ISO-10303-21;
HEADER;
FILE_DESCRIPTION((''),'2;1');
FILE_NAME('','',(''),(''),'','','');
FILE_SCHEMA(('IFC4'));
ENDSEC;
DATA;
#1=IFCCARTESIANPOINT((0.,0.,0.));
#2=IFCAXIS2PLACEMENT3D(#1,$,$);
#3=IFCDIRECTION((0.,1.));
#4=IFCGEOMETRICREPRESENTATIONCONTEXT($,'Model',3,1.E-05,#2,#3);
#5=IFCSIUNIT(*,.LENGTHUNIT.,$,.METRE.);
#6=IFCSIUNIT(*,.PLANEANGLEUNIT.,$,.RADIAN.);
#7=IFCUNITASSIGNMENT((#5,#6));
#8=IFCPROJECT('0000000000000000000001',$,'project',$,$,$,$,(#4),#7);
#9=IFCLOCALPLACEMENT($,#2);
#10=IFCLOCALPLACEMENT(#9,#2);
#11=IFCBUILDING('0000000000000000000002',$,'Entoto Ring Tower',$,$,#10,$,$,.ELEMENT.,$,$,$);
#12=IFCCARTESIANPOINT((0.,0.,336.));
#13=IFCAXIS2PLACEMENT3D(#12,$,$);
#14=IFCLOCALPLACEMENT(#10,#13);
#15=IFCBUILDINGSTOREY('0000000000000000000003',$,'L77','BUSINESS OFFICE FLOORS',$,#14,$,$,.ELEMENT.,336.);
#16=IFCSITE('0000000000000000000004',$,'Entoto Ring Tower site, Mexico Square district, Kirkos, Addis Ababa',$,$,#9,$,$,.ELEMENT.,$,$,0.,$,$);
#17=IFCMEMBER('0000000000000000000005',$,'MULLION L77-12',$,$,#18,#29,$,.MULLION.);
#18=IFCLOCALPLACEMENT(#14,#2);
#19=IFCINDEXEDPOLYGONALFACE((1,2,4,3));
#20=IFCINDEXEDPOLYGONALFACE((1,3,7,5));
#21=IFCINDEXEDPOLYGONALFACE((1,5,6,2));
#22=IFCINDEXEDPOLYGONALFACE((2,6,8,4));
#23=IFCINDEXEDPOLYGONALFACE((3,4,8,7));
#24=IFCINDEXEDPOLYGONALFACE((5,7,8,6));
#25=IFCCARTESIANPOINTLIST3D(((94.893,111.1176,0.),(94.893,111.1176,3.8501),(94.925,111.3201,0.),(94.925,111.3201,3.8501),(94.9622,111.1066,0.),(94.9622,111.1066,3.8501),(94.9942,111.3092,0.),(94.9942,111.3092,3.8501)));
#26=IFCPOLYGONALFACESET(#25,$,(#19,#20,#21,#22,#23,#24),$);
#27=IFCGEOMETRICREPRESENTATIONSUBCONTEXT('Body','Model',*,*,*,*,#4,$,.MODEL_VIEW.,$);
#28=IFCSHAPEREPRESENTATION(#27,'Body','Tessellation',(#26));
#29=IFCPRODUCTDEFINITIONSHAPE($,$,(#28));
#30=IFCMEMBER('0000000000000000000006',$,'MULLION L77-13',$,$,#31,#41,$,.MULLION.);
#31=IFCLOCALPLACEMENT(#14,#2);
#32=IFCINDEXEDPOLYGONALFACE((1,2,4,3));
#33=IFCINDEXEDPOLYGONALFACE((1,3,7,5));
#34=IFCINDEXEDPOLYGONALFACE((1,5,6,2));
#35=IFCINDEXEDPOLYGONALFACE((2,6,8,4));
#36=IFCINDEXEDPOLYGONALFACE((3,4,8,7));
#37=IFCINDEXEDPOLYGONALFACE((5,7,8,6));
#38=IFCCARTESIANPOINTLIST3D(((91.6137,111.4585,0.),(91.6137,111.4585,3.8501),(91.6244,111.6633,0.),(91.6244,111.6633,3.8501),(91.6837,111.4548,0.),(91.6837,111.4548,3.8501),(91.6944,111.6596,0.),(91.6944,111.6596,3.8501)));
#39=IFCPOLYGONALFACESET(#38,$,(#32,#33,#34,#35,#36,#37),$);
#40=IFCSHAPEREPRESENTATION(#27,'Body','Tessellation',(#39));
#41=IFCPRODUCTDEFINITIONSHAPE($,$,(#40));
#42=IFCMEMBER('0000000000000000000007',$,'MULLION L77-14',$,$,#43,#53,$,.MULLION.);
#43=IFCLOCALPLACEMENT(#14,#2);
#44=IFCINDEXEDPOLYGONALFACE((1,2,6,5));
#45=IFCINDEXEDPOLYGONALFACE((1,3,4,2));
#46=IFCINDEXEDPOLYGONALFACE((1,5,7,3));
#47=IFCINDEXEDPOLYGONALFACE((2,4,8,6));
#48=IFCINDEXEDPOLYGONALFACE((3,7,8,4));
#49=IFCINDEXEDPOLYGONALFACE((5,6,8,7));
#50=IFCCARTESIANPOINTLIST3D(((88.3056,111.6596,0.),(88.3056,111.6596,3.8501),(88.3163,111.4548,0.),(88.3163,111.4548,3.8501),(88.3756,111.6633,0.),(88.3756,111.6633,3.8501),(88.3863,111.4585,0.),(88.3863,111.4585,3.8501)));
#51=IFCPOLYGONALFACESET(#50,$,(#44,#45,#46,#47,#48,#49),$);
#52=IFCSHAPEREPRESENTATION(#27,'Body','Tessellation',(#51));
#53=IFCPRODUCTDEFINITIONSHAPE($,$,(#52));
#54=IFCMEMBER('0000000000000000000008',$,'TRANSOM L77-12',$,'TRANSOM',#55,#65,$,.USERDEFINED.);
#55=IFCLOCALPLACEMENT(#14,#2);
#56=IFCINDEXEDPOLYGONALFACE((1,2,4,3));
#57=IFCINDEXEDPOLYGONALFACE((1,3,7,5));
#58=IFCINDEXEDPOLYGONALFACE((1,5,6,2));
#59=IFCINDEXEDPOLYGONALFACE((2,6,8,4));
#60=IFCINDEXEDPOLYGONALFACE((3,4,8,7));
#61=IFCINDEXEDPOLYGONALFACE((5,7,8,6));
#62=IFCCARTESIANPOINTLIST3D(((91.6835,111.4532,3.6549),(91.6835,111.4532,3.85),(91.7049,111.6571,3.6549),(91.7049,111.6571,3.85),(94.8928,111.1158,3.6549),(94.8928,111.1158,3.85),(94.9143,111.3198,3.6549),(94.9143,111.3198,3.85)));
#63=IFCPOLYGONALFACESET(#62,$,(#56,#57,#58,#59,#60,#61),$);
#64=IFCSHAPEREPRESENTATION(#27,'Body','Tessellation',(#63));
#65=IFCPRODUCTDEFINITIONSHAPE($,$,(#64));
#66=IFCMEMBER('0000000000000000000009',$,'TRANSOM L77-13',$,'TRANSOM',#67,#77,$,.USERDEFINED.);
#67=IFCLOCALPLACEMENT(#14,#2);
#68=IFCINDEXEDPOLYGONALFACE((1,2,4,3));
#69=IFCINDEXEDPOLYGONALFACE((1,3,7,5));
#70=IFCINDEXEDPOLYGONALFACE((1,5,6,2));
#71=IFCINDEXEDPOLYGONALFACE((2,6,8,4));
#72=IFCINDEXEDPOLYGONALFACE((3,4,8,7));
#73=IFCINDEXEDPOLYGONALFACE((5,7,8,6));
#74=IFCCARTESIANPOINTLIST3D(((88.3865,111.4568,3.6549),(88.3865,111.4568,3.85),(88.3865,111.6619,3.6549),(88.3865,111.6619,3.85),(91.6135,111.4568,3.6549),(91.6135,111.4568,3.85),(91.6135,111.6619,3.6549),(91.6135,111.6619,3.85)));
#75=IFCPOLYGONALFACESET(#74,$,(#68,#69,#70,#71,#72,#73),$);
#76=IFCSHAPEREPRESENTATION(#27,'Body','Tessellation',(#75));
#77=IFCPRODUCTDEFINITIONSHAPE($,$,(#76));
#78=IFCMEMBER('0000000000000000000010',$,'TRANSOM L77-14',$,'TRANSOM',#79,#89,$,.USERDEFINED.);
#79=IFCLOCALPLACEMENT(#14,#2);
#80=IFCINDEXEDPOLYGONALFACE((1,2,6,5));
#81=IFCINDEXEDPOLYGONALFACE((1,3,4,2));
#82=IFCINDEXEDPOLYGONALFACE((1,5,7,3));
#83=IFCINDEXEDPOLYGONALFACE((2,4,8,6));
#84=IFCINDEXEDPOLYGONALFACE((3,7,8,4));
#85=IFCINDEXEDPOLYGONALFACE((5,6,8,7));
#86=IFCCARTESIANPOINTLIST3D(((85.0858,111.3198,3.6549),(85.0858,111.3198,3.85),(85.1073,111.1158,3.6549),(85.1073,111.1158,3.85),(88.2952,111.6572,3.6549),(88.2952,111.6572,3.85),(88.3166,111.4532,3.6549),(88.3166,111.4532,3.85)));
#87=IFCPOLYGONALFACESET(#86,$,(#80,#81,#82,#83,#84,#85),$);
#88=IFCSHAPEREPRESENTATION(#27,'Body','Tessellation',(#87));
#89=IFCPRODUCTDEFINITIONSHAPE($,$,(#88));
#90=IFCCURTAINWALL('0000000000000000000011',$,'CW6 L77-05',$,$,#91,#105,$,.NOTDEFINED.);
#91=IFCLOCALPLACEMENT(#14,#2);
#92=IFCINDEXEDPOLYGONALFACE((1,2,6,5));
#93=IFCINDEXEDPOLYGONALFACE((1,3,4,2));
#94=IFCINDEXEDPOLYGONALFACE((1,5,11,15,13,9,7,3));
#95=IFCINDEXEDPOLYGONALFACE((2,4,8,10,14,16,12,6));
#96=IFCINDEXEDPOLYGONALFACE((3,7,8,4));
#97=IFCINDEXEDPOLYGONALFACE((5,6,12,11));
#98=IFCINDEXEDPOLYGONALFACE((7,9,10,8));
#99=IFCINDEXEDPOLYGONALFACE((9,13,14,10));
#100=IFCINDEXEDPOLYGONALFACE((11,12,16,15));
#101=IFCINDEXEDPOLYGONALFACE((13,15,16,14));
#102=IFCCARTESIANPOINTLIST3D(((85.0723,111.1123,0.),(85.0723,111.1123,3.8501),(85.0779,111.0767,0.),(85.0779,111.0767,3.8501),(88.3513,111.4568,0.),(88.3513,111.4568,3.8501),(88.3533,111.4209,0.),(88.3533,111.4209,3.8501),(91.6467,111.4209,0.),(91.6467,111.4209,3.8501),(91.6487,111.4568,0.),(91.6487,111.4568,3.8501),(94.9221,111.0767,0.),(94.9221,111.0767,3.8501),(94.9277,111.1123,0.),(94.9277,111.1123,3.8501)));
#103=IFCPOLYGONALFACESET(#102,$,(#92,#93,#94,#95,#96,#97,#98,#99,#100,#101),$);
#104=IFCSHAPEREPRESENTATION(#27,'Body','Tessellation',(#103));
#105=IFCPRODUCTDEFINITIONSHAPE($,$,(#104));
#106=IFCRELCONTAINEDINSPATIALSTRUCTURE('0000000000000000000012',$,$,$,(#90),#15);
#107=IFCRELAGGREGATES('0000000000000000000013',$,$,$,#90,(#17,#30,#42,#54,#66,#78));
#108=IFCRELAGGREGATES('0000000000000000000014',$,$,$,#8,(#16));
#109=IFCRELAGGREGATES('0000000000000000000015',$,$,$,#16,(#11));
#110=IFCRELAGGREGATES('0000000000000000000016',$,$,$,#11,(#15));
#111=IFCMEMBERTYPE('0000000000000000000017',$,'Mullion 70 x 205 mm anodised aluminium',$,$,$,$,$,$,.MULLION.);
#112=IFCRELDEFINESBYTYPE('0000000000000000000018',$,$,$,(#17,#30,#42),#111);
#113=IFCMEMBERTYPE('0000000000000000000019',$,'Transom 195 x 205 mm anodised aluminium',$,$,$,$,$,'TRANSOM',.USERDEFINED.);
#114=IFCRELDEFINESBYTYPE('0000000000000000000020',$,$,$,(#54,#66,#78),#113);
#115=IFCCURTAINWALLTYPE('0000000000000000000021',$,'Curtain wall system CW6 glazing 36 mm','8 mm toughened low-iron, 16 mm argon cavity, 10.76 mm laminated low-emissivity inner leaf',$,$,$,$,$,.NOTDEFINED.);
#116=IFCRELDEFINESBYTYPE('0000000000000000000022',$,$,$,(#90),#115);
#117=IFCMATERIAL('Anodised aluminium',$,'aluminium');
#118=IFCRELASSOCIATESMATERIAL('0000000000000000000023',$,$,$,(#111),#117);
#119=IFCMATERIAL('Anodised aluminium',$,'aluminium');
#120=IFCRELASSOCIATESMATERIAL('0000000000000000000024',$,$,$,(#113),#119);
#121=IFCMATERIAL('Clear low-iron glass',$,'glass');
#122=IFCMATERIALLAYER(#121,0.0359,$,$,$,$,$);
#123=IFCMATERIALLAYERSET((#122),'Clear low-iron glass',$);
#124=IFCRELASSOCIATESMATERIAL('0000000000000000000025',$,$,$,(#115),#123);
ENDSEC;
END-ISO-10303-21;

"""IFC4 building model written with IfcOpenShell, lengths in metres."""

from ifc_helpers import new_model, si_unit, direction, frame, origin, origin_2d, place, context, subcontext, project, spatial, polyline, rectangle, outline, extrude, material, layer, layer_set, material_profile, profile_set, type_object, element, aggregate, save


model = new_model("IFC4")

# Units and contexts
model_context = context("Model", 3, precision=1e-05, world=origin(), true_north=direction((0.0, 1.0)))
body_context = subcontext(model_context, "Body", "Model", "MODEL_VIEW")
ifc_project = project(units=[si_unit("LENGTHUNIT", "METRE"), si_unit("PLANEANGLEUNIT", "RADIAN")], contexts=[model_context])

# Members
ifc_material_1 = material(Name="Anodised aluminium", Category="aluminium")
ifc_material_profile_1 = material_profile(ifc_material_1, rectangle(XDim=0.0701, YDim=0.2051, at=origin_2d()), Name="Mullion 70 x 205 mm anodised aluminium")
ifc_profile_set_1 = profile_set([ifc_material_profile_1], Name="Anodised aluminium")
member_type_1 = type_object("IfcMemberType", Name="Mullion 70 x 205 mm anodised aluminium", PredefinedType="MULLION", material=ifc_profile_set_1)
site_placement = place(None, origin())
building_placement = place(site_placement, origin())
storey_placement = place(building_placement, frame((0.0, 0.0, 336.0)))
member_1_placement = place(storey_placement, frame((94.9436, 111.2134, 0.0), z_axis=(0.0, 0.0, 1.0), x_axis=(-0.987688, 0.156434, 0.0)))
member_1 = element("IfcMember", 1, at=member_1_placement, type_object=member_type_1, Name="MULLION L77-12", PredefinedType="MULLION", context=body_context, shape_type="SweptSolid", body=[
    extrude(rectangle(XDim=0.0701, YDim=0.2051, at=origin_2d()), origin(), (0.0, 0.0, 1.0), 3.8501),
])
member_2_placement = place(storey_placement, frame((91.6541, 111.5591, 0.0), z_axis=(0.0, 0.0, 1.0), x_axis=(-0.99863, 0.052336, 0.0)))
member_2 = element("IfcMember", 2, at=member_2_placement, type_object=member_type_1, Name="MULLION L77-13", PredefinedType="MULLION", context=body_context, shape_type="SweptSolid", body=[
    extrude(rectangle(XDim=0.0701, YDim=0.2051, at=origin_2d()), origin(), (0.0, 0.0, 1.0), 3.8501),
])
member_3_placement = place(storey_placement, frame((88.3459, 111.5591, 0.0), z_axis=(0.0, 0.0, 1.0), x_axis=(-0.99863, -0.052336, 0.0)))
member_3 = element("IfcMember", 3, at=member_3_placement, type_object=member_type_1, Name="MULLION L77-14", PredefinedType="MULLION", context=body_context, shape_type="SweptSolid", body=[
    extrude(rectangle(XDim=0.0701, YDim=0.2051, at=origin_2d()), origin(), (0.0, 0.0, 1.0), 3.8501),
])
ifc_material_2 = material(Name="Anodised aluminium", Category="aluminium")
ifc_material_profile_2 = material_profile(ifc_material_2, rectangle(XDim=0.2051, YDim=0.1951, at=origin_2d()), Name="Transom 195 x 205 mm anodised aluminium")
ifc_profile_set_2 = profile_set([ifc_material_profile_2], Name="Anodised aluminium")
member_type_2 = type_object("IfcMemberType", Name="Transom 195 x 205 mm anodised aluminium", ElementType="TRANSOM", PredefinedType="USERDEFINED", material=ifc_profile_set_2)
member_4_placement = place(storey_placement, frame((94.9036, 111.2178, 3.7524), z_axis=(-0.99452, 0.104551, 0.0), x_axis=(-0.104551, -0.99452, 0.0)))
member_4 = element("IfcMember", 4, at=member_4_placement, type_object=member_type_2, Name="TRANSOM L77-12", ObjectType="TRANSOM", PredefinedType="USERDEFINED", context=body_context, shape_type="SweptSolid", body=[
    extrude(rectangle(XDim=0.2051, YDim=0.1951, at=origin_2d()), origin(), (0.0, 0.0, 1.0), 3.2271),
])
member_5_placement = place(storey_placement, frame((91.6135, 111.5593, 3.7524), z_axis=(-1.0, 0.0, 0.0), x_axis=(0.0, -1.0, 0.0)))
member_5 = element("IfcMember", 5, at=member_5_placement, type_object=member_type_2, Name="TRANSOM L77-13", ObjectType="TRANSOM", PredefinedType="USERDEFINED", context=body_context, shape_type="SweptSolid", body=[
    extrude(rectangle(XDim=0.2051, YDim=0.1951, at=origin_2d()), origin(), (0.0, 0.0, 1.0), 3.2271),
])
member_6_placement = place(storey_placement, frame((88.3059, 111.5552, 3.7524), z_axis=(-0.99452, -0.104551, 0.0), x_axis=(0.104551, -0.99452, 0.0)))
member_6 = element("IfcMember", 6, at=member_6_placement, type_object=member_type_2, Name="TRANSOM L77-14", ObjectType="TRANSOM", PredefinedType="USERDEFINED", context=body_context, shape_type="SweptSolid", body=[
    extrude(rectangle(XDim=0.2051, YDim=0.1951, at=origin_2d()), origin(), (0.0, 0.0, 1.0), 3.2271),
])

# Site, building, storey
site = spatial("IfcSite", under=ifc_project, at=site_placement, Name="Entoto Ring Tower site, Mexico Square district, Kirkos, Addis Ababa", CompositionType="ELEMENT", RefElevation=0.0)
building = spatial("IfcBuilding", under=site, at=building_placement, Name="Entoto Ring Tower", CompositionType="ELEMENT")
storey = spatial("IfcBuildingStorey", under=building, at=storey_placement, Name="L77", Description="BUSINESS OFFICE FLOORS", CompositionType="ELEMENT", Elevation=336.0)

# Curtain wall
ifc_material_3 = material(Name="Clear low-iron glass", Category="glass")
ifc_layer = layer(ifc_material_3, 0.0359)
ifc_layer_set = layer_set([ifc_layer], Name="Clear low-iron glass")
curtain_wall_type = type_object("IfcCurtainWallType", Name="Curtain wall system CW6 glazing 36 mm", Description="8 mm toughened low-iron, 16 mm argon cavity, 10.76 mm laminated low-emissivity inner leaf", PredefinedType="NOTDEFINED", material=ifc_layer_set)
curtain_wall_1_placement = place(storey_placement, origin())
curtain_wall_1 = element("IfcCurtainWall", 7, at=curtain_wall_1_placement, inside=storey, type_object=curtain_wall_type, Name="CW6 L77-05", PredefinedType="NOTDEFINED", context=body_context, shape_type="SweptSolid", body=[
    extrude(outline(polyline([(94.9277, 111.1123), (91.6487, 111.4568), (88.3513, 111.4568), (85.0723, 111.1123), (85.0779, 111.0767), (88.3533, 111.4209), (91.6467, 111.4209), (94.9221, 111.0767), (94.9277, 111.1123)])), origin(), (0.0, 0.0, 1.0), 3.8501),
])
aggregate(curtain_wall_1, [member_1, member_2, member_3, member_4, member_5, member_6])

save(model, "model.ifc")
